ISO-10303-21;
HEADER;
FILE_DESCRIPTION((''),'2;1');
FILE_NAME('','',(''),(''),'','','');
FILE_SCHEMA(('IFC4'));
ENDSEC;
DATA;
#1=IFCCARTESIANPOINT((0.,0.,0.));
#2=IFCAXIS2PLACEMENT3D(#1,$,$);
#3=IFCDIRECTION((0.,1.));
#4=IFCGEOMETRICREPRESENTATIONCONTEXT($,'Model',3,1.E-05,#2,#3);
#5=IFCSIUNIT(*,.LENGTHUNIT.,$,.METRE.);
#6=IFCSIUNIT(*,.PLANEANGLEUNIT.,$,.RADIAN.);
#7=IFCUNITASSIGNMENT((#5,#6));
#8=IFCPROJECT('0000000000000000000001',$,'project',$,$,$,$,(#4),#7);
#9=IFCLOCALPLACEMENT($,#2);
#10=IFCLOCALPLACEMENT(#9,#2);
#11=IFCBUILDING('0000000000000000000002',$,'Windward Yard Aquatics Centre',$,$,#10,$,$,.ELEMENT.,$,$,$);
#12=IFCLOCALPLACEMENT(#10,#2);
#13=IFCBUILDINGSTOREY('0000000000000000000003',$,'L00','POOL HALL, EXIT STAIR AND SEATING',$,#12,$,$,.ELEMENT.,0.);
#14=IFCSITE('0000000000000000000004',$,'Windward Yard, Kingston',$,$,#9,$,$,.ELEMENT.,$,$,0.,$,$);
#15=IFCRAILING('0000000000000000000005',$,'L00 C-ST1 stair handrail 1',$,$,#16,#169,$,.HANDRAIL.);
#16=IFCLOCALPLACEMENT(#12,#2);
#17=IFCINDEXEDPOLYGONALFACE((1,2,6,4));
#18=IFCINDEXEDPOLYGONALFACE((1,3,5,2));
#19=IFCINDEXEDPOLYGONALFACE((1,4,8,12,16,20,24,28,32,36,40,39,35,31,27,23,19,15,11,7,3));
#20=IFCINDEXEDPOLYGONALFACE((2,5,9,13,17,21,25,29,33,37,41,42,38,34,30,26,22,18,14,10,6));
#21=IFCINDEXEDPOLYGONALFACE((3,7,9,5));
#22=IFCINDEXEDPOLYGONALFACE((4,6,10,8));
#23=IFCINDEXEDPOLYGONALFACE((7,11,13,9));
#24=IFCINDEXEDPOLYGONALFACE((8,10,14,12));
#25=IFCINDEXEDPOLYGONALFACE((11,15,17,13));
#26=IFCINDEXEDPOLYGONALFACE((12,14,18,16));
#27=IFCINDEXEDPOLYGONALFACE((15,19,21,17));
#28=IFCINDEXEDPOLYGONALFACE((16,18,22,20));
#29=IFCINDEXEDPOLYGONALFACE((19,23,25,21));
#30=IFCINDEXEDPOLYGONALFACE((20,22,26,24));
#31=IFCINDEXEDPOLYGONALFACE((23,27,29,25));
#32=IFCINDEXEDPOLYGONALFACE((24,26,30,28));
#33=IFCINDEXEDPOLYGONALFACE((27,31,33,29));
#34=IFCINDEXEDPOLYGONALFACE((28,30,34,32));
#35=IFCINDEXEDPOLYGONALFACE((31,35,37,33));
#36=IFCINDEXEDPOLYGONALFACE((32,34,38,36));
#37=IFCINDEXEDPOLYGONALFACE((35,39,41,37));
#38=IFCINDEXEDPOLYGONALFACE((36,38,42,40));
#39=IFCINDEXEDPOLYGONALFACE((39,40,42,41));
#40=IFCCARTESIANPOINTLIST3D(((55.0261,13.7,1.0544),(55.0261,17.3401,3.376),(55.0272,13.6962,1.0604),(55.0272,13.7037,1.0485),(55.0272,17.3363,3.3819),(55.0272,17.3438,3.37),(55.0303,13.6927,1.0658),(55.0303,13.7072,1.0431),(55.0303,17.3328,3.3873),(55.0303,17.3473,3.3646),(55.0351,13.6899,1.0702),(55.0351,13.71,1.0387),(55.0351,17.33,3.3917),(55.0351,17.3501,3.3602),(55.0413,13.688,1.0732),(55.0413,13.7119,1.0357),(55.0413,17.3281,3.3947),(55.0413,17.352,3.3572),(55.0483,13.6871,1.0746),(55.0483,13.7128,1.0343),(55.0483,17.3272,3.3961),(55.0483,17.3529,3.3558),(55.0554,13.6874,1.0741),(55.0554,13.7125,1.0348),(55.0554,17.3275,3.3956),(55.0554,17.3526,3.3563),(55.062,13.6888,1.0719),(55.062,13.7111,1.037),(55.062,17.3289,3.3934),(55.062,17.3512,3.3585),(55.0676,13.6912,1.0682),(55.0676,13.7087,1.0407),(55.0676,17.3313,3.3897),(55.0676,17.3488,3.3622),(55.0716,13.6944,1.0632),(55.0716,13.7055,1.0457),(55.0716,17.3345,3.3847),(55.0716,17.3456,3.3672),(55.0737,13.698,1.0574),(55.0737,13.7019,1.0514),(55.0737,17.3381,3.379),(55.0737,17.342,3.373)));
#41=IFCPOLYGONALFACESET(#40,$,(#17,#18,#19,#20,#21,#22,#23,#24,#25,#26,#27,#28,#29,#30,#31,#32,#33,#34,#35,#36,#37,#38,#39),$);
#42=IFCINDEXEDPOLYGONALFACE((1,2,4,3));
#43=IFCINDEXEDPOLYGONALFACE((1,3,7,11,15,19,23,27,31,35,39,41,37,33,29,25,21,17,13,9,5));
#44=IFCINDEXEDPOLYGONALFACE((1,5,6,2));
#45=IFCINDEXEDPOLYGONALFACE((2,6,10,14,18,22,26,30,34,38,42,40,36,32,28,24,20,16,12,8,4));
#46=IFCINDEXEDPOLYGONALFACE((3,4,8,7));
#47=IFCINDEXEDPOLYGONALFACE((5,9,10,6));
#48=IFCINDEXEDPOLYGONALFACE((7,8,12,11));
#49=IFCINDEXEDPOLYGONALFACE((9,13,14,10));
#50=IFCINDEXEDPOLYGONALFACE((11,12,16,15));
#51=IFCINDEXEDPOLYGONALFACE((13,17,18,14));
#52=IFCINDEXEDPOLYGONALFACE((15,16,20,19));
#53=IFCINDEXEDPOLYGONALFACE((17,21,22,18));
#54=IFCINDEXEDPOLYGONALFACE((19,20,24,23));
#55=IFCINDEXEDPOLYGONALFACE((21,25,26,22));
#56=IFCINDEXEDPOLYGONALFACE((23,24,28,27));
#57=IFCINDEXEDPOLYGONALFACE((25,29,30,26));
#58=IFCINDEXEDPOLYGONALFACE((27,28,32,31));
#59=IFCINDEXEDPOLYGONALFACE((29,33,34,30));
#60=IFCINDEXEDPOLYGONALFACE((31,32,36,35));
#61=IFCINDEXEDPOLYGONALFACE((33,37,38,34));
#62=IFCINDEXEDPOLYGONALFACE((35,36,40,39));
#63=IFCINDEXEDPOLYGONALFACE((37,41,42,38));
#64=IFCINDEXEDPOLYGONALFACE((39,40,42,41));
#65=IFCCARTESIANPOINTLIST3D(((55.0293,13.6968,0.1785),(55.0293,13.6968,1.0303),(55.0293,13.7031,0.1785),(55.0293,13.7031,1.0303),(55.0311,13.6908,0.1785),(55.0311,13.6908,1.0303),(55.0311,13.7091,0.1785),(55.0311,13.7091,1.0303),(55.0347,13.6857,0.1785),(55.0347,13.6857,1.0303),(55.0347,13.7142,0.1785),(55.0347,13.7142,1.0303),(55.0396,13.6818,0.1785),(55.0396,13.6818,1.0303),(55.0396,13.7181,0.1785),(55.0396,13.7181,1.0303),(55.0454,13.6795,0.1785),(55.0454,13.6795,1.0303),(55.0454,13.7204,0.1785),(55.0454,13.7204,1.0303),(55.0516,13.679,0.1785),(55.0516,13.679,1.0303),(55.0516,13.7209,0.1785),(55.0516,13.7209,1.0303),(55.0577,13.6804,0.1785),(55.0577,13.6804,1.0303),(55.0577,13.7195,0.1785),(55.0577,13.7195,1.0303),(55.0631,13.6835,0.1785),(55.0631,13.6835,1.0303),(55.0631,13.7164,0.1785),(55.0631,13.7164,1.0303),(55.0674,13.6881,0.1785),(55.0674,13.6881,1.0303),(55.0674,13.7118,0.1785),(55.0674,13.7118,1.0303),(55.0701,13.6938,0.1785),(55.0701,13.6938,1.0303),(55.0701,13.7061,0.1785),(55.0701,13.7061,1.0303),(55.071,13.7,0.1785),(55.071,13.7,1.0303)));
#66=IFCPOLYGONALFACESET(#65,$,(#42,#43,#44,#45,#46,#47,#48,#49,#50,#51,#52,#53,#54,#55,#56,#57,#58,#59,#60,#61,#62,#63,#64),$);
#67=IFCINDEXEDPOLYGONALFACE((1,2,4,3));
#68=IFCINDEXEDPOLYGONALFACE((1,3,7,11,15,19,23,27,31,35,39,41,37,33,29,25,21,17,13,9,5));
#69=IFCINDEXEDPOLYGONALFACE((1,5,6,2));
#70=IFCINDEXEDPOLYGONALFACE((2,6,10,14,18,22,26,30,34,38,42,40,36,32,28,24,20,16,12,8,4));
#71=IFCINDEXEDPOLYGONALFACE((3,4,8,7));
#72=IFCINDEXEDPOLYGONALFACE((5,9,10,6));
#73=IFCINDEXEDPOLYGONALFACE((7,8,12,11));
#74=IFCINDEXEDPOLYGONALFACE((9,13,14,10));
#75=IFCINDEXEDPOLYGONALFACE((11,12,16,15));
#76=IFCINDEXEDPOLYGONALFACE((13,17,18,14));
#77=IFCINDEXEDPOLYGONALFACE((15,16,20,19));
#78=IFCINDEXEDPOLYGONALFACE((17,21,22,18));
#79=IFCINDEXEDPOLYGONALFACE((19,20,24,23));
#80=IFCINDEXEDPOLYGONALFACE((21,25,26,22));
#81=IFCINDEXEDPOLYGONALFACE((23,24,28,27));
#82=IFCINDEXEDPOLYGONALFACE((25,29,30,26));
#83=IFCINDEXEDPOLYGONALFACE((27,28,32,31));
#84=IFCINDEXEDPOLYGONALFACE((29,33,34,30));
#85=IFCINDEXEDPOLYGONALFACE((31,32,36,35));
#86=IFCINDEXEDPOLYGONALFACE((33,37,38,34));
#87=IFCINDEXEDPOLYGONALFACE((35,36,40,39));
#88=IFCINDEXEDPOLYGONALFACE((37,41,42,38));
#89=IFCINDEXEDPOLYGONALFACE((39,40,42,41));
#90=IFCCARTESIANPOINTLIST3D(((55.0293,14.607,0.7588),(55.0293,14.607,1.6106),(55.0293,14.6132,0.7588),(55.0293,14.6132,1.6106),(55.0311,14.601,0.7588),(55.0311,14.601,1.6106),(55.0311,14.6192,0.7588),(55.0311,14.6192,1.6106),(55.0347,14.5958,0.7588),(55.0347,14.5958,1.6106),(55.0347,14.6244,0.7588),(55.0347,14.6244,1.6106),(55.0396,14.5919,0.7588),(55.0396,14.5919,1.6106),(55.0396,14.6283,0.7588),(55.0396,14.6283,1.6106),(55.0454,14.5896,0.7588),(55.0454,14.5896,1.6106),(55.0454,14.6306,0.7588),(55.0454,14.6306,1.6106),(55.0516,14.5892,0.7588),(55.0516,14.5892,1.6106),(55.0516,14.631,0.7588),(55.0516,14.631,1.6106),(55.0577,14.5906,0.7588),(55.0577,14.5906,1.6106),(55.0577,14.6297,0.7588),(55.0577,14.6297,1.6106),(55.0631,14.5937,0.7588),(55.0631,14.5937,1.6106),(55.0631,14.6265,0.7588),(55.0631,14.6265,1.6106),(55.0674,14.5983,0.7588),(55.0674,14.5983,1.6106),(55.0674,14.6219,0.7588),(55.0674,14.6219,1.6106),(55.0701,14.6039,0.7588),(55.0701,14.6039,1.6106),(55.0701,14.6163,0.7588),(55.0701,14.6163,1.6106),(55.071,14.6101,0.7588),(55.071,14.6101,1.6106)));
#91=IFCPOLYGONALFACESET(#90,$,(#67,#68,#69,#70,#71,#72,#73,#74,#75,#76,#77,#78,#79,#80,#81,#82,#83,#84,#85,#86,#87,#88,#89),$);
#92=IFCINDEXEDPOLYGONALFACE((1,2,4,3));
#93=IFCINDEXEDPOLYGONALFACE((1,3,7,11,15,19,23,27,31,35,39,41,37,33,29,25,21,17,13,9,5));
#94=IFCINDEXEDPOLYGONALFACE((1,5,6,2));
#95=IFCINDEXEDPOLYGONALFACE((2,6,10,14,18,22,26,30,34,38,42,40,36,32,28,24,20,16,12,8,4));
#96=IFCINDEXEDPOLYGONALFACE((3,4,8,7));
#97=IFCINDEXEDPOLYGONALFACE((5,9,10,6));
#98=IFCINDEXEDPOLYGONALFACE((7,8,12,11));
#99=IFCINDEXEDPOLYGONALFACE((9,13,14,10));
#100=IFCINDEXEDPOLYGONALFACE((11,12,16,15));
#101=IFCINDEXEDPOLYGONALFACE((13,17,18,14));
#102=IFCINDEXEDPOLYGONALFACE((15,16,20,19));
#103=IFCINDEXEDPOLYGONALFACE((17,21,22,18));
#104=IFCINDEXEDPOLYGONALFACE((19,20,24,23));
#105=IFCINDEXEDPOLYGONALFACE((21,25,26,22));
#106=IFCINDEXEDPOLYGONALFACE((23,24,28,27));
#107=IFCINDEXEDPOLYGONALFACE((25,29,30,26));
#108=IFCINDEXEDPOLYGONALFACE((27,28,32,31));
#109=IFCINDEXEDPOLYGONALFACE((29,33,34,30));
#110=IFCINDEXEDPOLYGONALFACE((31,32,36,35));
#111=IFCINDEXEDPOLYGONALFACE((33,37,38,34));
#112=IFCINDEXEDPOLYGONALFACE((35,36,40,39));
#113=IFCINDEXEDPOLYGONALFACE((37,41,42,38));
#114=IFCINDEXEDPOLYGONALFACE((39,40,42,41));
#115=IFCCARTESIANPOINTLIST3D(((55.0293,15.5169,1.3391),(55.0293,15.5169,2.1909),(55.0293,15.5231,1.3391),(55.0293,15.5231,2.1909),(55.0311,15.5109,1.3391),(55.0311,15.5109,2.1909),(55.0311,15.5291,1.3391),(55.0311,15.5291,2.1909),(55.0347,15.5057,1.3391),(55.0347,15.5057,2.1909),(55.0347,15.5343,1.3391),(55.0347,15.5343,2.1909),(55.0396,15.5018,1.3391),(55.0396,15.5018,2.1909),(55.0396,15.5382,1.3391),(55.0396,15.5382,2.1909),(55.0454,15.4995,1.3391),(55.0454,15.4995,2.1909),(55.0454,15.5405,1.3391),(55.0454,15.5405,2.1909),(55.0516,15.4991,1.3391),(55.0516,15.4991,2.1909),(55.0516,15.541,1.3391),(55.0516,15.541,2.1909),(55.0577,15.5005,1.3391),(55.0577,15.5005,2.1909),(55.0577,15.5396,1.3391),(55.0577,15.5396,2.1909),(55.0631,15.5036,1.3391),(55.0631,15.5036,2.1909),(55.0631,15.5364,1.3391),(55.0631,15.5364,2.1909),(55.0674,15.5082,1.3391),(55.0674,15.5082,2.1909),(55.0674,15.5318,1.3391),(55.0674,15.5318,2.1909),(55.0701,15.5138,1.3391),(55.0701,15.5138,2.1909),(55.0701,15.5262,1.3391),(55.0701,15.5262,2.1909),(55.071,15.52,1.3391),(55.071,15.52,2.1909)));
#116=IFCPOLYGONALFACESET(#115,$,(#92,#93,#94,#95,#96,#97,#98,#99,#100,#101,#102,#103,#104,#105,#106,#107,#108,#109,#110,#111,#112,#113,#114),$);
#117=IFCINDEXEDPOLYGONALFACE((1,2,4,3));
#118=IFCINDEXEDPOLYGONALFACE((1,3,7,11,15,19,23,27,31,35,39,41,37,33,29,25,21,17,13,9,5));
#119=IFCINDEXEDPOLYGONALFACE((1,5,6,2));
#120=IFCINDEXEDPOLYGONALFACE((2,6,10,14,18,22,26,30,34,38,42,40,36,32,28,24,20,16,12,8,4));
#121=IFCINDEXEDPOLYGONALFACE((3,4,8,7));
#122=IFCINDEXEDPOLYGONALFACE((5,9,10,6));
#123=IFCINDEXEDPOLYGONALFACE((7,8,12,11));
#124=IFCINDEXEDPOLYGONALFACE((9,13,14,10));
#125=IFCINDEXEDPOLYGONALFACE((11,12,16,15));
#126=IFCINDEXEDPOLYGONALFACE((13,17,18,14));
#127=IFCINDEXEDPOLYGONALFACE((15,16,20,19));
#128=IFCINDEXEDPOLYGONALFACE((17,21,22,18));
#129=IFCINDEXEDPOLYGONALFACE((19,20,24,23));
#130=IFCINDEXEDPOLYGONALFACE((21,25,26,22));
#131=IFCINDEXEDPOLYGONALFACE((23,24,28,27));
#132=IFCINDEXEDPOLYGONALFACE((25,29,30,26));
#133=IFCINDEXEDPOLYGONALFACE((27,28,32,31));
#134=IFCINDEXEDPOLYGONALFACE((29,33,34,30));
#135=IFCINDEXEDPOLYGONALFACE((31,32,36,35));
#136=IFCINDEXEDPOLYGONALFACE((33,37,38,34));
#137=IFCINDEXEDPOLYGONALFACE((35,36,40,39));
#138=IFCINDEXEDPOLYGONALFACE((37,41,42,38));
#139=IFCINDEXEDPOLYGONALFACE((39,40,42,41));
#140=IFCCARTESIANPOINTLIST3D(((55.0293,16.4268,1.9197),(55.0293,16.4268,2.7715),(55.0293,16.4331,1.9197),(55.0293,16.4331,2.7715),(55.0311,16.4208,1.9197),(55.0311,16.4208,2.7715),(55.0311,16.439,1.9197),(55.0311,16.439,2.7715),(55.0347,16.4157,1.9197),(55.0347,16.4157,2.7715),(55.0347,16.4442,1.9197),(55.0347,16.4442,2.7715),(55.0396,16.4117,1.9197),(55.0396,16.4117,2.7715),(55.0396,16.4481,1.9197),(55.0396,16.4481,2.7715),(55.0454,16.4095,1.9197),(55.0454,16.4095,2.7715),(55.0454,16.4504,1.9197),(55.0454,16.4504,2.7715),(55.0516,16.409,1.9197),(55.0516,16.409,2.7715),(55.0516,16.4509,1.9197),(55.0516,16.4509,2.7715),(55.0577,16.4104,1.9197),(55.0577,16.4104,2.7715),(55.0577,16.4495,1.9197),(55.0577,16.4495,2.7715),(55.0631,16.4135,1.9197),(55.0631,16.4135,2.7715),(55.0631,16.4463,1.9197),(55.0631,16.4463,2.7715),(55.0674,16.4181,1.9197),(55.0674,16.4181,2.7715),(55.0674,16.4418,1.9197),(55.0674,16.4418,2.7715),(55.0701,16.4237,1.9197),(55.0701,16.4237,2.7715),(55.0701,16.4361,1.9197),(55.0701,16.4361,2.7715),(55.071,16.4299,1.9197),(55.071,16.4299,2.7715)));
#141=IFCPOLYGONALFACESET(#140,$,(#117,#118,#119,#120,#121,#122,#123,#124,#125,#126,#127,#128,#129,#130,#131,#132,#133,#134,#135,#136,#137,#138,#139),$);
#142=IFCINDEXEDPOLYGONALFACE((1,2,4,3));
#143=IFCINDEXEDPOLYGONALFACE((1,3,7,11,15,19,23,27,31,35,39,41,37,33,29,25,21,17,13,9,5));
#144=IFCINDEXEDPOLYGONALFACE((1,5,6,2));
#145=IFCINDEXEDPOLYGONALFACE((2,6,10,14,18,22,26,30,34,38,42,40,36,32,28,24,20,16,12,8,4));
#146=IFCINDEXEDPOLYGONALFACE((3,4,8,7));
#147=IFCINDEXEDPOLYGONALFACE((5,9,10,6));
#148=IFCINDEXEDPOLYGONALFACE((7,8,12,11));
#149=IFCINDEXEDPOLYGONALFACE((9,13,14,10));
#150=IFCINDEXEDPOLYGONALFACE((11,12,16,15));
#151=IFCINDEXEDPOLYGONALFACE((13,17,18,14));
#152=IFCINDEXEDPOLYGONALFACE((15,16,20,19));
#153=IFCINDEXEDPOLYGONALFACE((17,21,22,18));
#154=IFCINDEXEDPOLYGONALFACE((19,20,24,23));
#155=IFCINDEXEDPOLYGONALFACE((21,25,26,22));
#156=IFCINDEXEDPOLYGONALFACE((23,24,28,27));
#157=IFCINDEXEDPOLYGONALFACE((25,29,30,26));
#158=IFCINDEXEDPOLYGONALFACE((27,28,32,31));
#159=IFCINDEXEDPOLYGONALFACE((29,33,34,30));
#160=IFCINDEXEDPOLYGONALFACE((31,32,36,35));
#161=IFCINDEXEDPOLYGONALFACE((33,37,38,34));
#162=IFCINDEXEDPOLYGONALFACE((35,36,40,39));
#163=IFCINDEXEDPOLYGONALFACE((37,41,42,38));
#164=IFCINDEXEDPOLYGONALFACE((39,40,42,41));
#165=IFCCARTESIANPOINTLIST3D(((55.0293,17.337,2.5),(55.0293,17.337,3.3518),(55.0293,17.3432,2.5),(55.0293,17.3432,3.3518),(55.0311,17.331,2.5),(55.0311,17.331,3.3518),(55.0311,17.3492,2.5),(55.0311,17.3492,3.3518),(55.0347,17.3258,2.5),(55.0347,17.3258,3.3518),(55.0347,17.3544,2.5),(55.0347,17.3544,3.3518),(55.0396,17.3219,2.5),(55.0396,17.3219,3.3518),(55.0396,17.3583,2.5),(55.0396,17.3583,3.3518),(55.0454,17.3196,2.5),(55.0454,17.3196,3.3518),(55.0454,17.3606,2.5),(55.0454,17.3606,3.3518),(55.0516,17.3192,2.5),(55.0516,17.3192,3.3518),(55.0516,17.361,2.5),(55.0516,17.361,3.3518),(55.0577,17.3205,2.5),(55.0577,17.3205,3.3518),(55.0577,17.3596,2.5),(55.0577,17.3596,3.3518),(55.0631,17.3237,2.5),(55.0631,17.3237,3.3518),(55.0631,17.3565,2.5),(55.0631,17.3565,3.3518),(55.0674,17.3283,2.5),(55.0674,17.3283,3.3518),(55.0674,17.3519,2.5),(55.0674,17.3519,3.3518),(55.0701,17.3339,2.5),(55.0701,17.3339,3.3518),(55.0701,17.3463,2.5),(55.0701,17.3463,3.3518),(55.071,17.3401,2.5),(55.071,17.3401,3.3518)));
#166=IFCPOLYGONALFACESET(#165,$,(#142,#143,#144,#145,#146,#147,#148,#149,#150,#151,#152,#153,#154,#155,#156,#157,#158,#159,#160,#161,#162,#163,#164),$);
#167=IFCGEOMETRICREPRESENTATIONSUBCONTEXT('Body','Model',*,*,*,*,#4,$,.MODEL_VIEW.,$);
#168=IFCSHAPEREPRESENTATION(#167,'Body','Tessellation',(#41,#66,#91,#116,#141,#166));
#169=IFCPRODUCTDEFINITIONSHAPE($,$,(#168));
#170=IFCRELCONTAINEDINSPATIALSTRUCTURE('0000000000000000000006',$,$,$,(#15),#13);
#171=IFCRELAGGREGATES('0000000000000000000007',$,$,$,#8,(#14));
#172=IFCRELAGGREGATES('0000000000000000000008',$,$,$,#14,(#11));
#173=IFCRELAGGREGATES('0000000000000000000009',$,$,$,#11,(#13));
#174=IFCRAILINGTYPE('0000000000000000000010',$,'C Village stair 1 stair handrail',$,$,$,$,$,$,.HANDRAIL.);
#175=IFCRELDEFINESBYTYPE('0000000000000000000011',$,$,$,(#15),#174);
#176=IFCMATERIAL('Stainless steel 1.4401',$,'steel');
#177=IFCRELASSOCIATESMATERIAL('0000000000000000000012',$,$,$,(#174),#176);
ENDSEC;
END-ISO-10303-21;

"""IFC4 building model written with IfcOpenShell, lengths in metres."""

from ifc_helpers import new_model, si_unit, direction, frame, origin, origin_2d, place, context, subcontext, project, spatial, circle, extrude, material, type_object, element, save


model = new_model("IFC4")

# Units and contexts
model_context = context("Model", 3, precision=1e-05, world=origin(), true_north=direction((0.0, 1.0)))
body_context = subcontext(model_context, "Body", "Model", "MODEL_VIEW")
ifc_project = project(units=[si_unit("LENGTHUNIT", "METRE"), si_unit("PLANEANGLEUNIT", "RADIAN")], contexts=[model_context])

# Site, building, storey
site_placement = place(None, origin())
site = spatial("IfcSite", under=ifc_project, at=site_placement, Name="Windward Yard, Kingston", CompositionType="ELEMENT", RefElevation=0.0)
building_placement = place(site_placement, origin())
building = spatial("IfcBuilding", under=site, at=building_placement, Name="Windward Yard Aquatics Centre", CompositionType="ELEMENT")
storey_placement = place(building_placement, origin())
storey = spatial("IfcBuildingStorey", under=building, at=storey_placement, Name="L00", Description="POOL HALL, EXIT STAIR AND SEATING", CompositionType="ELEMENT", Elevation=0.0)

# Railing
ifc_material_1 = material(Name="Stainless steel 1.4401", Category="steel")
railing_type_1 = type_object("IfcRailingType", Name="C Village stair 1 stair handrail", PredefinedType="HANDRAIL", material=ifc_material_1)
railing_1_placement = place(storey_placement, frame((55.05, 13.7, 0.1785)))
element("IfcRailing", 1, at=railing_1_placement, inside=storey, type_object=railing_type_1, Name="L00 C-ST1 stair handrail 1", PredefinedType="HANDRAIL", context=body_context, shape_type="SweptSolid", body=[
    extrude(circle(Radius=0.0239, at=origin_2d()), frame((0.0, 0.0, 0.876), z_axis=(0.0, 0.843128, 0.537713), x_axis=(-1.0, 0.0, 0.0)), (0.0, 0.0, 1.0), 4.3174),
    extrude(circle(Radius=0.021, at=origin_2d()), origin(), (0.0, 0.0, 1.0), 0.8518),
    extrude(circle(Radius=0.021, at=origin_2d()), frame((0.0, 0.9102, 0.5803)), (0.0, 0.0, 1.0), 0.8518),
    extrude(circle(Radius=0.021, at=origin_2d()), frame((0.0, 1.8201, 1.1606)), (0.0, 0.0, 1.0), 0.8518),
    extrude(circle(Radius=0.021, at=origin_2d()), frame((0.0, 2.73, 1.7412)), (0.0, 0.0, 1.0), 0.8518),
    extrude(circle(Radius=0.021, at=origin_2d()), frame((0.0, 3.6401, 2.3215)), (0.0, 0.0, 1.0), 0.8518),
])

save(model, "model.ifc")
